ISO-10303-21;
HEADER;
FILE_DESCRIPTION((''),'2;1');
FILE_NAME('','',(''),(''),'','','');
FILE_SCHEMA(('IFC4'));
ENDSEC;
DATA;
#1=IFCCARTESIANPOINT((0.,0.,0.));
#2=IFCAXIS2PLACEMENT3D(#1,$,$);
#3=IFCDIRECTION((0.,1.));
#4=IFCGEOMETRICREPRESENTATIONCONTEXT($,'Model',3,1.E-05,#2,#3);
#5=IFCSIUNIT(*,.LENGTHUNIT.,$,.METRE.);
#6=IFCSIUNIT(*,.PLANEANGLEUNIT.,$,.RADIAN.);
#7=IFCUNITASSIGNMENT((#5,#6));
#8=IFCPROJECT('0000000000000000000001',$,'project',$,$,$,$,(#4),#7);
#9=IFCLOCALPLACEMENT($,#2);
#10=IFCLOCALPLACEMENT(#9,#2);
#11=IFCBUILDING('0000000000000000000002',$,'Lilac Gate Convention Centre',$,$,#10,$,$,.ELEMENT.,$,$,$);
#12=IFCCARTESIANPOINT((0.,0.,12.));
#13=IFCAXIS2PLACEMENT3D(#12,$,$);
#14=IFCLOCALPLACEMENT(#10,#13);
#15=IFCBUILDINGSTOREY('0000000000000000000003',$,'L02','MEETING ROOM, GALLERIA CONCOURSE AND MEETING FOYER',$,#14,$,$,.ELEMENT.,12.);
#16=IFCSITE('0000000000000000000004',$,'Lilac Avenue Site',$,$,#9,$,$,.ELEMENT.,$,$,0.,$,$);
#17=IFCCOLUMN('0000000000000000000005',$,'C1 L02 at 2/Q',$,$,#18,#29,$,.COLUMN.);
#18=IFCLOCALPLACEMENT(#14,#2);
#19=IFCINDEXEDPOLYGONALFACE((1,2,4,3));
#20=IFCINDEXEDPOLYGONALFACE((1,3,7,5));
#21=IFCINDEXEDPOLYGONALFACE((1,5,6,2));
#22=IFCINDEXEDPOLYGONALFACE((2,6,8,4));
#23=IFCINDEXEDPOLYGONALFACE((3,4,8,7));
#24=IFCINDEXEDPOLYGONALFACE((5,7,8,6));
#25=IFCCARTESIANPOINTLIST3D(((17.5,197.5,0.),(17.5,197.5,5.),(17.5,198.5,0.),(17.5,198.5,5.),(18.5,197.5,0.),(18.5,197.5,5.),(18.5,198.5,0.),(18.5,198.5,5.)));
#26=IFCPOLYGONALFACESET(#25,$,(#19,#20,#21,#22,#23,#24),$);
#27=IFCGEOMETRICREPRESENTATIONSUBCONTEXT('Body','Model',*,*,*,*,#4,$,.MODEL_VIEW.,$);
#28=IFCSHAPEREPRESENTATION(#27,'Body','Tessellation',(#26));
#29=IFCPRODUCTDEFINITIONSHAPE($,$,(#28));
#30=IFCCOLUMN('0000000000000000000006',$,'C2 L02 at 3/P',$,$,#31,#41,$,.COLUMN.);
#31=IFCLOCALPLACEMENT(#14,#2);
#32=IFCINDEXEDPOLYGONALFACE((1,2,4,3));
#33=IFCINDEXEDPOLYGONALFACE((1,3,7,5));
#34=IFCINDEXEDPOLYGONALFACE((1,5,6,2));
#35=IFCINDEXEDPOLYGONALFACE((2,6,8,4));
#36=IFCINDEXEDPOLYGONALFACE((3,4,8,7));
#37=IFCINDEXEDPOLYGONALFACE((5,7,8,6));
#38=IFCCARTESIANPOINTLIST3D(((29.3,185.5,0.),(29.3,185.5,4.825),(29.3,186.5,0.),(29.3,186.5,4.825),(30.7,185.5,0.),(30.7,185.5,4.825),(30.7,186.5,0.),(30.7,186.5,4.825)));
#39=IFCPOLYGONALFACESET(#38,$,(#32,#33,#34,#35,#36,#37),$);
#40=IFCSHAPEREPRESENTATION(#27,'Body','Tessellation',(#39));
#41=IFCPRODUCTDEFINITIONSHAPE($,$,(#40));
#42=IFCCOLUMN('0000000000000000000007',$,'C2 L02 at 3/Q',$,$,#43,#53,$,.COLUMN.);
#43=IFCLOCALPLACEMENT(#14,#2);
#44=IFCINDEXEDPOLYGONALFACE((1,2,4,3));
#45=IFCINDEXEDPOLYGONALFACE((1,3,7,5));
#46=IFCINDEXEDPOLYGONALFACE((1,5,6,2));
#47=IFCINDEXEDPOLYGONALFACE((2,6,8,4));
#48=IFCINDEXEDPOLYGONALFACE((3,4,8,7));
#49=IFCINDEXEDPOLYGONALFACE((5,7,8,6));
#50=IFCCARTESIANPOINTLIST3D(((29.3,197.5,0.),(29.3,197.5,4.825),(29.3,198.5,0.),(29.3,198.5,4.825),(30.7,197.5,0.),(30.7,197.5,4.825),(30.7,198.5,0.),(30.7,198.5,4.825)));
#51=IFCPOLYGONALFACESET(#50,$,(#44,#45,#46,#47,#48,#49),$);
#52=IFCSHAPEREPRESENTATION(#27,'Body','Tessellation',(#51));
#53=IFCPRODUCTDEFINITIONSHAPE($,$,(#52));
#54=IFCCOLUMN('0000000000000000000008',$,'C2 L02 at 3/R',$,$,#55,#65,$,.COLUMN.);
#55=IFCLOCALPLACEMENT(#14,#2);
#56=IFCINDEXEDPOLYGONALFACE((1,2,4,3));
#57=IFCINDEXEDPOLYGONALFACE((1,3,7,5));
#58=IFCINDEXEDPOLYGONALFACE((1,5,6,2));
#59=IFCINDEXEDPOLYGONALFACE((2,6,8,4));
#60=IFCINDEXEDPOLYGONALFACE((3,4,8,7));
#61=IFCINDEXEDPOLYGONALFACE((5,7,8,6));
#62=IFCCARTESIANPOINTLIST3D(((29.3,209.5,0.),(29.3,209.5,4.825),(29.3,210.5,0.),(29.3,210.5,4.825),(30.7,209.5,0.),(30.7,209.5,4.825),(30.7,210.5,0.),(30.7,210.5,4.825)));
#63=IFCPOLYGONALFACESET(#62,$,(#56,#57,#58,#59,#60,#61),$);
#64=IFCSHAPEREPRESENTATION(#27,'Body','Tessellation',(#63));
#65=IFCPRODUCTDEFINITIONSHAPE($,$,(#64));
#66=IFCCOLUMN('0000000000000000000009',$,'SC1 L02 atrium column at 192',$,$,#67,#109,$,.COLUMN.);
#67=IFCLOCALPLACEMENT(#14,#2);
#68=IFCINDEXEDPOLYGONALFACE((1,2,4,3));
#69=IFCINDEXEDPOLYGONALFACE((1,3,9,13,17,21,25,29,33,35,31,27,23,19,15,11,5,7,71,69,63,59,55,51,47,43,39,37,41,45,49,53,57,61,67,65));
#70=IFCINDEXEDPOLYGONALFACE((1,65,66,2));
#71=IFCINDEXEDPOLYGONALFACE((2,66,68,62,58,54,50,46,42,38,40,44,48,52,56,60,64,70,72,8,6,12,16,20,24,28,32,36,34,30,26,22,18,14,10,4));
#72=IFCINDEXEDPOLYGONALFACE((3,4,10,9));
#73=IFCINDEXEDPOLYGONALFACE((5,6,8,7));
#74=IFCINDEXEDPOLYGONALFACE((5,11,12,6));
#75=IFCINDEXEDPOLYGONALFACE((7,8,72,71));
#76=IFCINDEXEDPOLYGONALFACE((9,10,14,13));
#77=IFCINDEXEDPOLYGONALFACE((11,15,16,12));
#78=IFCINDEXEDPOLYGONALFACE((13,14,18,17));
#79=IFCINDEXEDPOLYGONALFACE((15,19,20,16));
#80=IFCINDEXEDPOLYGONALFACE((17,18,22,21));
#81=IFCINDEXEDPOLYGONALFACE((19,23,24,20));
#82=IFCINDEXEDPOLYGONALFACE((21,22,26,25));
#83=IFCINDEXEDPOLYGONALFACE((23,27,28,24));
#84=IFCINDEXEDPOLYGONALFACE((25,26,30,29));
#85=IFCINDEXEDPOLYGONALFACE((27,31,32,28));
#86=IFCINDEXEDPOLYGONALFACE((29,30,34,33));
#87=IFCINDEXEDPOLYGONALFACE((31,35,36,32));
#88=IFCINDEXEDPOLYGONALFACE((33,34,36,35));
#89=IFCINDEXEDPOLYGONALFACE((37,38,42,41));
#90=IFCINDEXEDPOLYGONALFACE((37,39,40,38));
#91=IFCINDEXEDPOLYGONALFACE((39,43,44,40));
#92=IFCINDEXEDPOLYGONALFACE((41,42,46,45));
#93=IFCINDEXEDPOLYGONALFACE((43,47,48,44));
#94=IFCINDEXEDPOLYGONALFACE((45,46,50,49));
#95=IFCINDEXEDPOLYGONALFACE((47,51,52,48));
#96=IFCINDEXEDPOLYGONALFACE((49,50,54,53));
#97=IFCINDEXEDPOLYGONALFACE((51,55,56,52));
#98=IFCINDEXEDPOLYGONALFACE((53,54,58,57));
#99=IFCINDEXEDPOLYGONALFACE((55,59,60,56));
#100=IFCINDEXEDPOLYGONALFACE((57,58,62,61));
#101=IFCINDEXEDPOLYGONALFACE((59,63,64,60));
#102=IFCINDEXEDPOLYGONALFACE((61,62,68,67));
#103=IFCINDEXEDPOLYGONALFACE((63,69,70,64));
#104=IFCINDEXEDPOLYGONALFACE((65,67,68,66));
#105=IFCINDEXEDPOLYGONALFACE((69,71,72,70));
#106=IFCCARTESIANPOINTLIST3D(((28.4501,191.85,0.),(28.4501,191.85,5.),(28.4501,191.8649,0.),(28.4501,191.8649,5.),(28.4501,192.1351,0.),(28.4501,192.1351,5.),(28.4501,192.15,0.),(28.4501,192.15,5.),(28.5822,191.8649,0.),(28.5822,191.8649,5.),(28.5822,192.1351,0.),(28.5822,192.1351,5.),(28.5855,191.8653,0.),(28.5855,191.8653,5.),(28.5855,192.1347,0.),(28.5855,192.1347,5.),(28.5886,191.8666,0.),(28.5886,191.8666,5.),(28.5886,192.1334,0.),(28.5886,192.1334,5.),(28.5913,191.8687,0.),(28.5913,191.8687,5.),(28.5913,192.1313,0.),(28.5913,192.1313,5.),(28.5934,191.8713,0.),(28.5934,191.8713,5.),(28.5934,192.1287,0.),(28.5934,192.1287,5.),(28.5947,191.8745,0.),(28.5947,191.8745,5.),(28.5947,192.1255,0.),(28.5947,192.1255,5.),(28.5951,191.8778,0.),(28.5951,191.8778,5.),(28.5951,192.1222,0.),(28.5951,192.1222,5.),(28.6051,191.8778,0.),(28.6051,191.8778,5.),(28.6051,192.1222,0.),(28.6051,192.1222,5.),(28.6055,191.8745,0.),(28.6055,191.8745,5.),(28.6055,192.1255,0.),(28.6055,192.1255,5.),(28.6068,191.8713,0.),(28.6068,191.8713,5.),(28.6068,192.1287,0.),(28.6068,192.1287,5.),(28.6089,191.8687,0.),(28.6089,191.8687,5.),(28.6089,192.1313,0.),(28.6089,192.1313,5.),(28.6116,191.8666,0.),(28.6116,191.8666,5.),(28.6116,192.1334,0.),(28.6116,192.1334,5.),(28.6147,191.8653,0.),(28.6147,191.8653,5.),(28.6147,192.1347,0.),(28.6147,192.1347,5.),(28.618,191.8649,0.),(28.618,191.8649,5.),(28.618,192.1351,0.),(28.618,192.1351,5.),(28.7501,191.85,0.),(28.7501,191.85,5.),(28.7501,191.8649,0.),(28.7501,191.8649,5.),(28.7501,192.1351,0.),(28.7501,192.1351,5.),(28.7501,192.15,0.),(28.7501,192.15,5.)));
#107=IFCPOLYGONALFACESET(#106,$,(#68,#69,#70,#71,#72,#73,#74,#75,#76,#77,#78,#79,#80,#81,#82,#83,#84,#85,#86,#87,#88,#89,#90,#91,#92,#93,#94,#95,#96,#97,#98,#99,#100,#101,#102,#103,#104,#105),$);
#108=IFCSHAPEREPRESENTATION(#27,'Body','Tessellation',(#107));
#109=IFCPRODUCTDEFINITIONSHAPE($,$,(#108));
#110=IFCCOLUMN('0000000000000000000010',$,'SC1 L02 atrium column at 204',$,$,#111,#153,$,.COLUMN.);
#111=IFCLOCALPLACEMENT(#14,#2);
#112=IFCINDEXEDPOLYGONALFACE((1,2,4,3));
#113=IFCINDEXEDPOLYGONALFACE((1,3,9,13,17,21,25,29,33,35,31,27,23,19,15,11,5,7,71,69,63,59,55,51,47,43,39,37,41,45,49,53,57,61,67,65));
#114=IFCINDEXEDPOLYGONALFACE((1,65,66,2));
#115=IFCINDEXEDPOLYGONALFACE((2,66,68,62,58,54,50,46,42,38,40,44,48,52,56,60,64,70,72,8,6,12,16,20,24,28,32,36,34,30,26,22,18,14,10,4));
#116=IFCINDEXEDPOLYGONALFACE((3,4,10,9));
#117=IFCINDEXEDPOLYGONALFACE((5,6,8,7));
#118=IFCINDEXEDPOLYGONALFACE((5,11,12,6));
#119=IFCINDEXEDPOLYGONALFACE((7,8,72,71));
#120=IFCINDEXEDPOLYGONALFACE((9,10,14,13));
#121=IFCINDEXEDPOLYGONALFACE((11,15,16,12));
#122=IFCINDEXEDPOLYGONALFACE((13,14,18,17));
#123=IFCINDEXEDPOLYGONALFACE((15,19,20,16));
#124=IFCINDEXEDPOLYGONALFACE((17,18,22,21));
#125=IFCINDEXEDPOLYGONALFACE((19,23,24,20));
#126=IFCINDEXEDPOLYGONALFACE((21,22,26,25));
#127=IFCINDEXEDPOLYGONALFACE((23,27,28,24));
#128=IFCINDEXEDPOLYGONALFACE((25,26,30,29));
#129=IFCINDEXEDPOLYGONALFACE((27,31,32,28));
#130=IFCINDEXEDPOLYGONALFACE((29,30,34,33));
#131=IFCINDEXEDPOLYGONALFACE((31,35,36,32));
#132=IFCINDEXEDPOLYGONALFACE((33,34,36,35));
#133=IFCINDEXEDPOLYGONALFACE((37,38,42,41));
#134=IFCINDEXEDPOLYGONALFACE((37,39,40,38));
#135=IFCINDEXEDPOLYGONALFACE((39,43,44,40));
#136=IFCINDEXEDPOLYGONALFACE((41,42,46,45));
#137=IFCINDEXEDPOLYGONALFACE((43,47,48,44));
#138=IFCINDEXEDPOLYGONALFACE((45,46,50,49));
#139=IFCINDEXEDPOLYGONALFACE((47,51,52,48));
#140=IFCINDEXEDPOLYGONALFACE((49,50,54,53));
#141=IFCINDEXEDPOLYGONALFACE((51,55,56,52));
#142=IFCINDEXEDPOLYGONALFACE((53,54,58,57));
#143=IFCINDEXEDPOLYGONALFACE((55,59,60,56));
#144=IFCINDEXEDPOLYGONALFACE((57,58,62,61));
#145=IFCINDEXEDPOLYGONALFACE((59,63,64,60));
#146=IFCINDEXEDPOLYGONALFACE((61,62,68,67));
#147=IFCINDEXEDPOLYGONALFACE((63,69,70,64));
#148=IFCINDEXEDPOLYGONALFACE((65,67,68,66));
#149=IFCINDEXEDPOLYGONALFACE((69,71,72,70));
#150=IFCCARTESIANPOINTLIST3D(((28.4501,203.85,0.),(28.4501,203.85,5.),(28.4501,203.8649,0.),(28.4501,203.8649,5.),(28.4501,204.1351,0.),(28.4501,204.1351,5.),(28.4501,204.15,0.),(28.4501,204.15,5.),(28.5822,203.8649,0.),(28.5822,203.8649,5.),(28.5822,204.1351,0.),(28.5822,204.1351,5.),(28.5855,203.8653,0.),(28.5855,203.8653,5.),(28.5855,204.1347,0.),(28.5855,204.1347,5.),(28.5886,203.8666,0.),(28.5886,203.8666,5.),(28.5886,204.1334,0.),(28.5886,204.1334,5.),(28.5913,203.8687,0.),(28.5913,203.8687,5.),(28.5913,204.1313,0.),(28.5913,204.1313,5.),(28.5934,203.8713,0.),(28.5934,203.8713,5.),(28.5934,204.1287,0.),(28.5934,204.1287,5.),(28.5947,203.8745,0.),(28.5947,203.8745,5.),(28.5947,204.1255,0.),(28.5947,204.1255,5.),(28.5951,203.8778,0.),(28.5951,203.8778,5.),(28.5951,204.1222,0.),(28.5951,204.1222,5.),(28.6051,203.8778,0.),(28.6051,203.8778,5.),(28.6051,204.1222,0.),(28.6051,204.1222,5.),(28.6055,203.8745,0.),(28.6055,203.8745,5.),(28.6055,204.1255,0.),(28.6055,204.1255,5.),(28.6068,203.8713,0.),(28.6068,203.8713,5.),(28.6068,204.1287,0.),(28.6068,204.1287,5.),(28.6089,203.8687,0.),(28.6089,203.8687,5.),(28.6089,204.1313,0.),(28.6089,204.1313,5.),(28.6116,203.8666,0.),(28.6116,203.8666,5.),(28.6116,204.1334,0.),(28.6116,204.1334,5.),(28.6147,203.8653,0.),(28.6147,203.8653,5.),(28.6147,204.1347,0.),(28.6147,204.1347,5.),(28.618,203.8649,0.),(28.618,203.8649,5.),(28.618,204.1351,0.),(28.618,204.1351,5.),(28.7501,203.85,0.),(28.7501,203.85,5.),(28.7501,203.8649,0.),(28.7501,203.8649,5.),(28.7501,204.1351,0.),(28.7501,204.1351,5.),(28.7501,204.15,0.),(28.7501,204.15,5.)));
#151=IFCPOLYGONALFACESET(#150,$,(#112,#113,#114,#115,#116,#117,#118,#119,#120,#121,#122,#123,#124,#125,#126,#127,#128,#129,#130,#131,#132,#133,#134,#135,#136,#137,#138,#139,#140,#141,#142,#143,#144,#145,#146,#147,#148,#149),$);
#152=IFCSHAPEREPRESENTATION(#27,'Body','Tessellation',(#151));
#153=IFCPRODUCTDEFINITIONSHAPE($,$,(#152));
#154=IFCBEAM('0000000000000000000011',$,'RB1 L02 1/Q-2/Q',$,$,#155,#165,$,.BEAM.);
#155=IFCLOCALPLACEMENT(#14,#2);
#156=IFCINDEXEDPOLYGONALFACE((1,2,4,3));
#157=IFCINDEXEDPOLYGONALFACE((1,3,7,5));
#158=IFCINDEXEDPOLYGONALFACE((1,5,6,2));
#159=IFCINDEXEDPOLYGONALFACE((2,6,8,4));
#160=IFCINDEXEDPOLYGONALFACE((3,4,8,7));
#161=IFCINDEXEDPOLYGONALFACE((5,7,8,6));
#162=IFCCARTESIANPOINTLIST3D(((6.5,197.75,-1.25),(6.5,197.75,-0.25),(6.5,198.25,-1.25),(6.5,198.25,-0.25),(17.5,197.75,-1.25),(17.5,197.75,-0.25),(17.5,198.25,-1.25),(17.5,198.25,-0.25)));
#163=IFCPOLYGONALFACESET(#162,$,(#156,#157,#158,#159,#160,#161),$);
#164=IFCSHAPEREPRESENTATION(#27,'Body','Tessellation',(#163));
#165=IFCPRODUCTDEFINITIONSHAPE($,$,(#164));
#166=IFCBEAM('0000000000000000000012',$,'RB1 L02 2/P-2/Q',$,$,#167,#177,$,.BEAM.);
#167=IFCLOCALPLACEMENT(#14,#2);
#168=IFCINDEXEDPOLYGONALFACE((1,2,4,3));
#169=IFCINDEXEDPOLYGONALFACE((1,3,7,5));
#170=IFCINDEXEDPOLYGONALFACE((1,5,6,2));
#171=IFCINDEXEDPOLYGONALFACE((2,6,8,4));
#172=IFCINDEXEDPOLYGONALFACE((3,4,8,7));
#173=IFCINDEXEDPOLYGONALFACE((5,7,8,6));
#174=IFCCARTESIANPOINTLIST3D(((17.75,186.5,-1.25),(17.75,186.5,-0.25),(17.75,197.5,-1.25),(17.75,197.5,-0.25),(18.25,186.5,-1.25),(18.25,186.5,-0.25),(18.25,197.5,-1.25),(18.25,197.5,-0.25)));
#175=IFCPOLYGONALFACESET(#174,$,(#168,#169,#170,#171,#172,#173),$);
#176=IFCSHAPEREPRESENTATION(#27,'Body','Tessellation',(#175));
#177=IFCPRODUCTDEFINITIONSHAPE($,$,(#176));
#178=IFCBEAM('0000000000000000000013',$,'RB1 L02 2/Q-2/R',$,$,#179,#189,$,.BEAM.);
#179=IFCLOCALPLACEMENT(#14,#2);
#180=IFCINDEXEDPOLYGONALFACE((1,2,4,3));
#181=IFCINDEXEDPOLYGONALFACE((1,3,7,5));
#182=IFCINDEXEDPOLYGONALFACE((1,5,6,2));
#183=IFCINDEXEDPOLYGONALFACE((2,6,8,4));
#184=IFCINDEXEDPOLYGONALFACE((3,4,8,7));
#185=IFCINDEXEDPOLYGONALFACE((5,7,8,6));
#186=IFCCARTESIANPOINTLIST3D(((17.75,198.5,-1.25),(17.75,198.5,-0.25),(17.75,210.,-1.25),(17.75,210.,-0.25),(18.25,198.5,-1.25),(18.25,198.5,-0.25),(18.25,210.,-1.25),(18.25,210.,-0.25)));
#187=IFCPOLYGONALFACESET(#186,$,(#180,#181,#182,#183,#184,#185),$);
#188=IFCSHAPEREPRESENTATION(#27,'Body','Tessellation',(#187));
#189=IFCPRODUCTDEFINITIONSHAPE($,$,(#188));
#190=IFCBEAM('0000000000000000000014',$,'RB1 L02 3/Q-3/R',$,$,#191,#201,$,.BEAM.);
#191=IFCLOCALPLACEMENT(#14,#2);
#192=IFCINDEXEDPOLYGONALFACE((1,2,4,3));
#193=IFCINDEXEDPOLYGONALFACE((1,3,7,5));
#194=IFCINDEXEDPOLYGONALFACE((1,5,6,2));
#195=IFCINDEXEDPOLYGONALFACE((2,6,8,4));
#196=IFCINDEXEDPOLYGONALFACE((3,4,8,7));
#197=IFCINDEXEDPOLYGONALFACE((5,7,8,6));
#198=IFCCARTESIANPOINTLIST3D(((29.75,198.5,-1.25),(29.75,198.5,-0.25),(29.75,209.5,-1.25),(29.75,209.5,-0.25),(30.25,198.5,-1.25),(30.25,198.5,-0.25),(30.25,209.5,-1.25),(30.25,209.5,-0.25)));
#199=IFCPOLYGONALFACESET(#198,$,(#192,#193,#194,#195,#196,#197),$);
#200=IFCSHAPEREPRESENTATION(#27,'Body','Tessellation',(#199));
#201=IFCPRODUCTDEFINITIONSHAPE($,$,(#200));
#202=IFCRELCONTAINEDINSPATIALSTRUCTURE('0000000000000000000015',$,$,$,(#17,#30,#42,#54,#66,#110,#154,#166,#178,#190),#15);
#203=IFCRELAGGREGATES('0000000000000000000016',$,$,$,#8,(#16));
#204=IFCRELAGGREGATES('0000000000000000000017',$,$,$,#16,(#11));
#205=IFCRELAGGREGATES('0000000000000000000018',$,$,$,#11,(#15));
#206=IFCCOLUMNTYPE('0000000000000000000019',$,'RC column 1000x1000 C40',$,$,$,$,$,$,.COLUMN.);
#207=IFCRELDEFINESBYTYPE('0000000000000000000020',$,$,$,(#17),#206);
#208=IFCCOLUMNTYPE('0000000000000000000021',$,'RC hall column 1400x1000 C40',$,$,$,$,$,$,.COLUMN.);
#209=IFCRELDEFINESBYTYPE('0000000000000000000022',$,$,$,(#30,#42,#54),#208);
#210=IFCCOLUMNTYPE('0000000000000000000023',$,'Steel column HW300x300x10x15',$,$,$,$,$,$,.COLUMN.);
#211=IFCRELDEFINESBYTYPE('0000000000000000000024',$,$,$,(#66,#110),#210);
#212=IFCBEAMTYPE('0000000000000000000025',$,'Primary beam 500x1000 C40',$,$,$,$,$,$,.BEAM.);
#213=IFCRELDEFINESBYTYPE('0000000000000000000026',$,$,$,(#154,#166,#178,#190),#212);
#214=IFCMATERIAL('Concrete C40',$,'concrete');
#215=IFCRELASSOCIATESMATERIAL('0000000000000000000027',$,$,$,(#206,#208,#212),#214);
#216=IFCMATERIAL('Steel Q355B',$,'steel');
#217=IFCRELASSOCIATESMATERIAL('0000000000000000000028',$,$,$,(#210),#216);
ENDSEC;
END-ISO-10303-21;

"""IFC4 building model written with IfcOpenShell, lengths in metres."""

from ifc_helpers import new_model, si_unit, direction, frame, origin, origin_2d, place, context, subcontext, project, spatial, rectangle, i_section, extrude, material, material_profile, profile_set, type_object, element, save


model = new_model("IFC4")

# Units and contexts
model_context = context("Model", 3, precision=1e-05, world=origin(), true_north=direction((0.0, 1.0)))
body_context = subcontext(model_context, "Body", "Model", "MODEL_VIEW")
ifc_project = project(units=[si_unit("LENGTHUNIT", "METRE"), si_unit("PLANEANGLEUNIT", "RADIAN")], contexts=[model_context])

# Site, building, storey
site_placement = place(None, origin())
site = spatial("IfcSite", under=ifc_project, at=site_placement, Name="Lilac Avenue Site", CompositionType="ELEMENT", RefElevation=0.0)
building_placement = place(site_placement, origin())
building = spatial("IfcBuilding", under=site, at=building_placement, Name="Lilac Gate Convention Centre", CompositionType="ELEMENT")
storey_placement = place(building_placement, frame((0.0, 0.0, 12.0)))
storey = spatial("IfcBuildingStorey", under=building, at=storey_placement, Name="L02", Description="MEETING ROOM, GALLERIA CONCOURSE AND MEETING FOYER", CompositionType="ELEMENT", Elevation=12.0)

# Columns
ifc_material_1 = material(Name="Concrete C40", Category="concrete")
ifc_material_profile_1 = material_profile(ifc_material_1, rectangle(XDim=1.0, YDim=1.0, at=origin_2d()), Name="RC 1000x1000")
ifc_profile_set_1 = profile_set([ifc_material_profile_1], Name="Concrete C40")
column_type_1 = type_object("IfcColumnType", Name="RC column 1000x1000 C40", PredefinedType="COLUMN", material=ifc_profile_set_1)
column_placement = place(storey_placement, frame((18.0, 198.0, 0.0), z_axis=(0.0, 0.0, 1.0), x_axis=(1.0, 0.0, 0.0)))
element("IfcColumn", 1, at=column_placement, inside=storey, type_object=column_type_1, Name="C1 L02 at 2/Q", PredefinedType="COLUMN", context=body_context, shape_type="SweptSolid", body=[
    extrude(rectangle(XDim=1.0, YDim=1.0, at=origin_2d()), origin(), (0.0, 0.0, 1.0), 5.0),
])
ifc_material_profile_2 = material_profile(ifc_material_1, rectangle(XDim=1.3999, YDim=1.0, at=origin_2d()), Name="RC 1400x1000")
ifc_profile_set_2 = profile_set([ifc_material_profile_2], Name="Concrete C40")
column_type_2 = type_object("IfcColumnType", Name="RC hall column 1400x1000 C40", PredefinedType="COLUMN", material=ifc_profile_set_2)
for number, where, z_axis, x_axis, name in (
    (2, (30.0, 186.0, 0.0), (0.0, 0.0, 1.0), (1.0, 0.0, 0.0), "C2 L02 at 3/P"),
    (3, (30.0, 198.0, 0.0), (0.0, 0.0, 1.0), (1.0, 0.0, 0.0), "C2 L02 at 3/Q"),
    (4, (30.0, 210.0, 0.0), (0.0, 0.0, 1.0), (1.0, 0.0, 0.0), "C2 L02 at 3/R"),
):
    element("IfcColumn", number, at=place(storey_placement, frame(where, z_axis=z_axis, x_axis=x_axis)), inside=storey, type_object=column_type_2, Name=name, PredefinedType="COLUMN", context=body_context, shape_type="SweptSolid", body=[
        extrude(rectangle(XDim=1.3999, YDim=1.0, at=origin_2d()), origin(), (0.0, 0.0, 1.0), 4.825),
    ])
ifc_material_2 = material(Name="Steel Q355B", Category="steel")
ifc_material_profile_3 = material_profile(ifc_material_2, i_section(OverallWidth=0.3, OverallDepth=0.3, WebThickness=0.01, FlangeThickness=0.0149, FilletRadius=0.0129, at=origin_2d()), Name="HW300x300x10x15")
ifc_profile_set_3 = profile_set([ifc_material_profile_3], Name="Steel Q355B")
column_type_3 = type_object("IfcColumnType", Name="Steel column HW300x300x10x15", PredefinedType="COLUMN", material=ifc_profile_set_3)
for number, where, z_axis, x_axis, name in (
    (5, (28.6001, 192.0, 0.0), (0.0, 0.0, 1.0), (1.0, 0.0, 0.0), "SC1 L02 atrium column at 192"),
    (6, (28.6001, 204.0, 0.0), (0.0, 0.0, 1.0), (1.0, 0.0, 0.0), "SC1 L02 atrium column at 204"),
):
    element("IfcColumn", number, at=place(storey_placement, frame(where, z_axis=z_axis, x_axis=x_axis)), inside=storey, type_object=column_type_3, Name=name, PredefinedType="COLUMN", context=body_context, shape_type="SweptSolid", body=[
        extrude(i_section(OverallWidth=0.3, OverallDepth=0.3, WebThickness=0.01, FlangeThickness=0.0149, FilletRadius=0.0129, at=origin_2d()), origin(), (0.0, 0.0, 1.0), 5.0),
    ])

# Beams
ifc_material_profile_4 = material_profile(ifc_material_1, rectangle(XDim=0.5, YDim=1.0, at=origin_2d()), Name="RC 500x1000")
ifc_profile_set_4 = profile_set([ifc_material_profile_4], Name="Concrete C40")
beam_type_1 = type_object("IfcBeamType", Name="Primary beam 500x1000 C40", PredefinedType="BEAM", material=ifc_profile_set_4)
for number, where, z_axis, x_axis, name in (
    (7, (6.5, 198.0, -0.75), (1.0, 0.0, 0.0), (0.0, 1.0, 0.0), "RB1 L02 1/Q-2/Q"),
    (8, (18.0, 186.5, -0.75), (0.0, 1.0, 0.0), (-1.0, 0.0, 0.0), "RB1 L02 2/P-2/Q"),
):
    element("IfcBeam", number, at=place(storey_placement, frame(where, z_axis=z_axis, x_axis=x_axis)), inside=storey, type_object=beam_type_1, Name=name, PredefinedType="BEAM", context=body_context, shape_type="SweptSolid", body=[
        extrude(rectangle(XDim=0.5, YDim=1.0, at=origin_2d()), origin(), (0.0, 0.0, 1.0), 11.0),
    ])
beam_1_placement = place(storey_placement, frame((18.0, 198.5, -0.75), z_axis=(0.0, 1.0, 0.0), x_axis=(-1.0, 0.0, 0.0)))
element("IfcBeam", 9, at=beam_1_placement, inside=storey, type_object=beam_type_1, Name="RB1 L02 2/Q-2/R", PredefinedType="BEAM", context=body_context, shape_type="SweptSolid", body=[
    extrude(rectangle(XDim=0.5, YDim=1.0, at=origin_2d()), origin(), (0.0, 0.0, 1.0), 11.5),
])
beam_2_placement = place(storey_placement, frame((30.0, 198.5, -0.75), z_axis=(0.0, 1.0, 0.0), x_axis=(-1.0, 0.0, 0.0)))
element("IfcBeam", 10, at=beam_2_placement, inside=storey, type_object=beam_type_1, Name="RB1 L02 3/Q-3/R", PredefinedType="BEAM", context=body_context, shape_type="SweptSolid", body=[
    extrude(rectangle(XDim=0.5, YDim=1.0, at=origin_2d()), origin(), (0.0, 0.0, 1.0), 11.0),
])

save(model, "model.ifc")
